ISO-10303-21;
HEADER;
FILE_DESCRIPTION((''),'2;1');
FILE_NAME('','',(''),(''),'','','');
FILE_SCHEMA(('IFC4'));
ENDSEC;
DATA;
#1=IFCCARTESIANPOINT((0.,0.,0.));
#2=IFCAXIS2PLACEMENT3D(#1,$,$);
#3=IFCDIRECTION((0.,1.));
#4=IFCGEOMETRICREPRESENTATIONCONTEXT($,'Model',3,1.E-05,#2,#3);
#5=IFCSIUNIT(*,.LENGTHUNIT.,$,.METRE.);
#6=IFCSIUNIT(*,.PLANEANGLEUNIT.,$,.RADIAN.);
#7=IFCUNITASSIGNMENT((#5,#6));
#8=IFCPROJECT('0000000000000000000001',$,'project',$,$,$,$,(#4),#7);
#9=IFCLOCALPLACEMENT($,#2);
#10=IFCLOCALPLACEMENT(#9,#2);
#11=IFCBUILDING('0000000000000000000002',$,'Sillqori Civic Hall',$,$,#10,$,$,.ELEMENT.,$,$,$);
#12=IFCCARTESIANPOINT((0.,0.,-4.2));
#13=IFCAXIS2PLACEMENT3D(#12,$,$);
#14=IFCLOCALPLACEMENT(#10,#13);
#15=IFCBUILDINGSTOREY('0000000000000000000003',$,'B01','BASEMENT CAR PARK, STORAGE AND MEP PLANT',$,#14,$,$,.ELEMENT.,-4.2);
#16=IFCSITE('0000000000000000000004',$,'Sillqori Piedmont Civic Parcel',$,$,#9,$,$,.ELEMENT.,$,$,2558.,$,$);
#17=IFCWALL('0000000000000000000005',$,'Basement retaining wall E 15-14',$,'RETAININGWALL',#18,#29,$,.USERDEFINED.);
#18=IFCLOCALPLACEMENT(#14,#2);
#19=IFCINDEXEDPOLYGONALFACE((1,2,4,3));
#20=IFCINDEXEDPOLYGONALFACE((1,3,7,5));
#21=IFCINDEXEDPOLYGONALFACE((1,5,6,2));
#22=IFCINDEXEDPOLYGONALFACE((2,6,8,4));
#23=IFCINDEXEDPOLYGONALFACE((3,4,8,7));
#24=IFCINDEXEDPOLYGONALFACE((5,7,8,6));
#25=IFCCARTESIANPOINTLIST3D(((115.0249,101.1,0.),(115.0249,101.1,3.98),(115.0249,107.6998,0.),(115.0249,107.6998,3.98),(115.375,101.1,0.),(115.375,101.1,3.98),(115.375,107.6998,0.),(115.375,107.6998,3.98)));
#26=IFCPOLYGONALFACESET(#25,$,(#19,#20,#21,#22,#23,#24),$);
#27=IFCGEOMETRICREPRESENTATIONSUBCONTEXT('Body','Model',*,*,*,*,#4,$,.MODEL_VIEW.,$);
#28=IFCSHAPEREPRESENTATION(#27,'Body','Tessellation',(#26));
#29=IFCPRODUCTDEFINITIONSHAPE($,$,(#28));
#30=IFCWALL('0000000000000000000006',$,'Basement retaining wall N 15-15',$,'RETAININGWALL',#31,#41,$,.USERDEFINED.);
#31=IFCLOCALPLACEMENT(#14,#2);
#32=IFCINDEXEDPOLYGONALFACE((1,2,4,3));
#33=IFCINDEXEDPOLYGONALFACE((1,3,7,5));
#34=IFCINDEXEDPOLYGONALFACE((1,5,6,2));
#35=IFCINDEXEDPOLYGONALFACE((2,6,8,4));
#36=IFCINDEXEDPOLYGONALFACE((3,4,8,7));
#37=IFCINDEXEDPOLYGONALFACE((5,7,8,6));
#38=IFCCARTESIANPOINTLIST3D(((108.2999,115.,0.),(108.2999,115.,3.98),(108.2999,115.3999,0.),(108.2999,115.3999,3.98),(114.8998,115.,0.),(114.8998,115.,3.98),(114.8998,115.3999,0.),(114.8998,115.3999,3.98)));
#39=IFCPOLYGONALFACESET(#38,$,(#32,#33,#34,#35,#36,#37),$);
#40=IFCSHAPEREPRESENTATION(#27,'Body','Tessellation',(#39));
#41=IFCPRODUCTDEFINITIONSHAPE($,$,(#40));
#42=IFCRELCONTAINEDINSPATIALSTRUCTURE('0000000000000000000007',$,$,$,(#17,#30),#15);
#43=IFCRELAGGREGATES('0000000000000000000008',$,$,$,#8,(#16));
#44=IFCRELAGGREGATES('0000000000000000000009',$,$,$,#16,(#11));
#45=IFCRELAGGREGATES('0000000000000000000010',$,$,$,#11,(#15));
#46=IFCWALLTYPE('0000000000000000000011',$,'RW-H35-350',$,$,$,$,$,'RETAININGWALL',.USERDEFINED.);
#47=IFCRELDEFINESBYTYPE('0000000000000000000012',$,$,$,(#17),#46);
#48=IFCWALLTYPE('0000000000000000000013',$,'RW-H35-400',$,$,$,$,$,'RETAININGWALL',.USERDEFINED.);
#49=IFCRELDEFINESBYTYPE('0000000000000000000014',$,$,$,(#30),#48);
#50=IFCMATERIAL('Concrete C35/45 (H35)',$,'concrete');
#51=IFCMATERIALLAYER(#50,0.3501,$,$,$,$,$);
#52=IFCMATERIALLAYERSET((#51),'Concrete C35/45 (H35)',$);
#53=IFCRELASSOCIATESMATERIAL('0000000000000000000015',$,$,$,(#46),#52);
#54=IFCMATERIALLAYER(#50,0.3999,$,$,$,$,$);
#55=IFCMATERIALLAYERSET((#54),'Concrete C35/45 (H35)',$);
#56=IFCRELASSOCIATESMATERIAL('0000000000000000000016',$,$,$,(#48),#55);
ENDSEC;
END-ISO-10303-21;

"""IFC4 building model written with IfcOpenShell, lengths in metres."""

from ifc_helpers import new_model, si_unit, direction, frame, frame_2d, origin, place, context, subcontext, project, spatial, rectangle, extrude, material, layer, layer_set, type_object, element, save


model = new_model("IFC4")

# Units and contexts
model_context = context("Model", 3, precision=1e-05, world=origin(), true_north=direction((0.0, 1.0)))
body_context = subcontext(model_context, "Body", "Model", "MODEL_VIEW")
ifc_project = project(units=[si_unit("LENGTHUNIT", "METRE"), si_unit("PLANEANGLEUNIT", "RADIAN")], contexts=[model_context])

# Site, building, storey
site_placement = place(None, origin())
site = spatial("IfcSite", under=ifc_project, at=site_placement, Name="Sillqori Piedmont Civic Parcel", CompositionType="ELEMENT", RefElevation=2558.0)
building_placement = place(site_placement, origin())
building = spatial("IfcBuilding", under=site, at=building_placement, Name="Sillqori Civic Hall", CompositionType="ELEMENT")
storey_placement = place(building_placement, frame((0.0, 0.0, -4.2)))
storey = spatial("IfcBuildingStorey", under=building, at=storey_placement, Name="B01", Description="BASEMENT CAR PARK, STORAGE AND MEP PLANT", CompositionType="ELEMENT", Elevation=-4.2)

# Shared definitions
ifc_material_1 = material(Name="Concrete C35/45 (H35)", Category="concrete")

# Walls
ifc_layer_1 = layer(ifc_material_1, 0.3501)
ifc_layer_set_1 = layer_set([ifc_layer_1], Name="Concrete C35/45 (H35)")
wall_type_1 = type_object("IfcWallType", Name="RW-H35-350", ElementType="RETAININGWALL", PredefinedType="USERDEFINED", material=ifc_layer_set_1)
wall_1_placement = place(storey_placement, frame((115.2, 101.1001, 0.0), z_axis=(0.0, 0.0, 1.0), x_axis=(0.0, 1.0, 0.0)))
element("IfcWall", 1, at=wall_1_placement, inside=storey, type_object=wall_type_1, Name="Basement retaining wall E 15-14", ObjectType="RETAININGWALL", PredefinedType="USERDEFINED", context=body_context, shape_type="SweptSolid", body=[
    extrude(rectangle(XDim=6.5999, YDim=0.3501, at=frame_2d((3.2998, 0.0))), origin(), (0.0, 0.0, 1.0), 3.98),
])
ifc_layer_2 = layer(ifc_material_1, 0.3999)
ifc_layer_set_2 = layer_set([ifc_layer_2], Name="Concrete C35/45 (H35)")
wall_type_2 = type_object("IfcWallType", Name="RW-H35-400", ElementType="RETAININGWALL", PredefinedType="USERDEFINED", material=ifc_layer_set_2)
wall_2_placement = place(storey_placement, frame((108.3, 115.2, 0.0), z_axis=(0.0, 0.0, 1.0), x_axis=(1.0, 0.0, 0.0)))
element("IfcWall", 2, at=wall_2_placement, inside=storey, type_object=wall_type_2, Name="Basement retaining wall N 15-15", ObjectType="RETAININGWALL", PredefinedType="USERDEFINED", context=body_context, shape_type="SweptSolid", body=[
    extrude(rectangle(XDim=6.5999, YDim=0.3999, at=frame_2d((3.2998, 0.0))), origin(), (0.0, 0.0, 1.0), 3.98),
])

save(model, "model.ifc")
